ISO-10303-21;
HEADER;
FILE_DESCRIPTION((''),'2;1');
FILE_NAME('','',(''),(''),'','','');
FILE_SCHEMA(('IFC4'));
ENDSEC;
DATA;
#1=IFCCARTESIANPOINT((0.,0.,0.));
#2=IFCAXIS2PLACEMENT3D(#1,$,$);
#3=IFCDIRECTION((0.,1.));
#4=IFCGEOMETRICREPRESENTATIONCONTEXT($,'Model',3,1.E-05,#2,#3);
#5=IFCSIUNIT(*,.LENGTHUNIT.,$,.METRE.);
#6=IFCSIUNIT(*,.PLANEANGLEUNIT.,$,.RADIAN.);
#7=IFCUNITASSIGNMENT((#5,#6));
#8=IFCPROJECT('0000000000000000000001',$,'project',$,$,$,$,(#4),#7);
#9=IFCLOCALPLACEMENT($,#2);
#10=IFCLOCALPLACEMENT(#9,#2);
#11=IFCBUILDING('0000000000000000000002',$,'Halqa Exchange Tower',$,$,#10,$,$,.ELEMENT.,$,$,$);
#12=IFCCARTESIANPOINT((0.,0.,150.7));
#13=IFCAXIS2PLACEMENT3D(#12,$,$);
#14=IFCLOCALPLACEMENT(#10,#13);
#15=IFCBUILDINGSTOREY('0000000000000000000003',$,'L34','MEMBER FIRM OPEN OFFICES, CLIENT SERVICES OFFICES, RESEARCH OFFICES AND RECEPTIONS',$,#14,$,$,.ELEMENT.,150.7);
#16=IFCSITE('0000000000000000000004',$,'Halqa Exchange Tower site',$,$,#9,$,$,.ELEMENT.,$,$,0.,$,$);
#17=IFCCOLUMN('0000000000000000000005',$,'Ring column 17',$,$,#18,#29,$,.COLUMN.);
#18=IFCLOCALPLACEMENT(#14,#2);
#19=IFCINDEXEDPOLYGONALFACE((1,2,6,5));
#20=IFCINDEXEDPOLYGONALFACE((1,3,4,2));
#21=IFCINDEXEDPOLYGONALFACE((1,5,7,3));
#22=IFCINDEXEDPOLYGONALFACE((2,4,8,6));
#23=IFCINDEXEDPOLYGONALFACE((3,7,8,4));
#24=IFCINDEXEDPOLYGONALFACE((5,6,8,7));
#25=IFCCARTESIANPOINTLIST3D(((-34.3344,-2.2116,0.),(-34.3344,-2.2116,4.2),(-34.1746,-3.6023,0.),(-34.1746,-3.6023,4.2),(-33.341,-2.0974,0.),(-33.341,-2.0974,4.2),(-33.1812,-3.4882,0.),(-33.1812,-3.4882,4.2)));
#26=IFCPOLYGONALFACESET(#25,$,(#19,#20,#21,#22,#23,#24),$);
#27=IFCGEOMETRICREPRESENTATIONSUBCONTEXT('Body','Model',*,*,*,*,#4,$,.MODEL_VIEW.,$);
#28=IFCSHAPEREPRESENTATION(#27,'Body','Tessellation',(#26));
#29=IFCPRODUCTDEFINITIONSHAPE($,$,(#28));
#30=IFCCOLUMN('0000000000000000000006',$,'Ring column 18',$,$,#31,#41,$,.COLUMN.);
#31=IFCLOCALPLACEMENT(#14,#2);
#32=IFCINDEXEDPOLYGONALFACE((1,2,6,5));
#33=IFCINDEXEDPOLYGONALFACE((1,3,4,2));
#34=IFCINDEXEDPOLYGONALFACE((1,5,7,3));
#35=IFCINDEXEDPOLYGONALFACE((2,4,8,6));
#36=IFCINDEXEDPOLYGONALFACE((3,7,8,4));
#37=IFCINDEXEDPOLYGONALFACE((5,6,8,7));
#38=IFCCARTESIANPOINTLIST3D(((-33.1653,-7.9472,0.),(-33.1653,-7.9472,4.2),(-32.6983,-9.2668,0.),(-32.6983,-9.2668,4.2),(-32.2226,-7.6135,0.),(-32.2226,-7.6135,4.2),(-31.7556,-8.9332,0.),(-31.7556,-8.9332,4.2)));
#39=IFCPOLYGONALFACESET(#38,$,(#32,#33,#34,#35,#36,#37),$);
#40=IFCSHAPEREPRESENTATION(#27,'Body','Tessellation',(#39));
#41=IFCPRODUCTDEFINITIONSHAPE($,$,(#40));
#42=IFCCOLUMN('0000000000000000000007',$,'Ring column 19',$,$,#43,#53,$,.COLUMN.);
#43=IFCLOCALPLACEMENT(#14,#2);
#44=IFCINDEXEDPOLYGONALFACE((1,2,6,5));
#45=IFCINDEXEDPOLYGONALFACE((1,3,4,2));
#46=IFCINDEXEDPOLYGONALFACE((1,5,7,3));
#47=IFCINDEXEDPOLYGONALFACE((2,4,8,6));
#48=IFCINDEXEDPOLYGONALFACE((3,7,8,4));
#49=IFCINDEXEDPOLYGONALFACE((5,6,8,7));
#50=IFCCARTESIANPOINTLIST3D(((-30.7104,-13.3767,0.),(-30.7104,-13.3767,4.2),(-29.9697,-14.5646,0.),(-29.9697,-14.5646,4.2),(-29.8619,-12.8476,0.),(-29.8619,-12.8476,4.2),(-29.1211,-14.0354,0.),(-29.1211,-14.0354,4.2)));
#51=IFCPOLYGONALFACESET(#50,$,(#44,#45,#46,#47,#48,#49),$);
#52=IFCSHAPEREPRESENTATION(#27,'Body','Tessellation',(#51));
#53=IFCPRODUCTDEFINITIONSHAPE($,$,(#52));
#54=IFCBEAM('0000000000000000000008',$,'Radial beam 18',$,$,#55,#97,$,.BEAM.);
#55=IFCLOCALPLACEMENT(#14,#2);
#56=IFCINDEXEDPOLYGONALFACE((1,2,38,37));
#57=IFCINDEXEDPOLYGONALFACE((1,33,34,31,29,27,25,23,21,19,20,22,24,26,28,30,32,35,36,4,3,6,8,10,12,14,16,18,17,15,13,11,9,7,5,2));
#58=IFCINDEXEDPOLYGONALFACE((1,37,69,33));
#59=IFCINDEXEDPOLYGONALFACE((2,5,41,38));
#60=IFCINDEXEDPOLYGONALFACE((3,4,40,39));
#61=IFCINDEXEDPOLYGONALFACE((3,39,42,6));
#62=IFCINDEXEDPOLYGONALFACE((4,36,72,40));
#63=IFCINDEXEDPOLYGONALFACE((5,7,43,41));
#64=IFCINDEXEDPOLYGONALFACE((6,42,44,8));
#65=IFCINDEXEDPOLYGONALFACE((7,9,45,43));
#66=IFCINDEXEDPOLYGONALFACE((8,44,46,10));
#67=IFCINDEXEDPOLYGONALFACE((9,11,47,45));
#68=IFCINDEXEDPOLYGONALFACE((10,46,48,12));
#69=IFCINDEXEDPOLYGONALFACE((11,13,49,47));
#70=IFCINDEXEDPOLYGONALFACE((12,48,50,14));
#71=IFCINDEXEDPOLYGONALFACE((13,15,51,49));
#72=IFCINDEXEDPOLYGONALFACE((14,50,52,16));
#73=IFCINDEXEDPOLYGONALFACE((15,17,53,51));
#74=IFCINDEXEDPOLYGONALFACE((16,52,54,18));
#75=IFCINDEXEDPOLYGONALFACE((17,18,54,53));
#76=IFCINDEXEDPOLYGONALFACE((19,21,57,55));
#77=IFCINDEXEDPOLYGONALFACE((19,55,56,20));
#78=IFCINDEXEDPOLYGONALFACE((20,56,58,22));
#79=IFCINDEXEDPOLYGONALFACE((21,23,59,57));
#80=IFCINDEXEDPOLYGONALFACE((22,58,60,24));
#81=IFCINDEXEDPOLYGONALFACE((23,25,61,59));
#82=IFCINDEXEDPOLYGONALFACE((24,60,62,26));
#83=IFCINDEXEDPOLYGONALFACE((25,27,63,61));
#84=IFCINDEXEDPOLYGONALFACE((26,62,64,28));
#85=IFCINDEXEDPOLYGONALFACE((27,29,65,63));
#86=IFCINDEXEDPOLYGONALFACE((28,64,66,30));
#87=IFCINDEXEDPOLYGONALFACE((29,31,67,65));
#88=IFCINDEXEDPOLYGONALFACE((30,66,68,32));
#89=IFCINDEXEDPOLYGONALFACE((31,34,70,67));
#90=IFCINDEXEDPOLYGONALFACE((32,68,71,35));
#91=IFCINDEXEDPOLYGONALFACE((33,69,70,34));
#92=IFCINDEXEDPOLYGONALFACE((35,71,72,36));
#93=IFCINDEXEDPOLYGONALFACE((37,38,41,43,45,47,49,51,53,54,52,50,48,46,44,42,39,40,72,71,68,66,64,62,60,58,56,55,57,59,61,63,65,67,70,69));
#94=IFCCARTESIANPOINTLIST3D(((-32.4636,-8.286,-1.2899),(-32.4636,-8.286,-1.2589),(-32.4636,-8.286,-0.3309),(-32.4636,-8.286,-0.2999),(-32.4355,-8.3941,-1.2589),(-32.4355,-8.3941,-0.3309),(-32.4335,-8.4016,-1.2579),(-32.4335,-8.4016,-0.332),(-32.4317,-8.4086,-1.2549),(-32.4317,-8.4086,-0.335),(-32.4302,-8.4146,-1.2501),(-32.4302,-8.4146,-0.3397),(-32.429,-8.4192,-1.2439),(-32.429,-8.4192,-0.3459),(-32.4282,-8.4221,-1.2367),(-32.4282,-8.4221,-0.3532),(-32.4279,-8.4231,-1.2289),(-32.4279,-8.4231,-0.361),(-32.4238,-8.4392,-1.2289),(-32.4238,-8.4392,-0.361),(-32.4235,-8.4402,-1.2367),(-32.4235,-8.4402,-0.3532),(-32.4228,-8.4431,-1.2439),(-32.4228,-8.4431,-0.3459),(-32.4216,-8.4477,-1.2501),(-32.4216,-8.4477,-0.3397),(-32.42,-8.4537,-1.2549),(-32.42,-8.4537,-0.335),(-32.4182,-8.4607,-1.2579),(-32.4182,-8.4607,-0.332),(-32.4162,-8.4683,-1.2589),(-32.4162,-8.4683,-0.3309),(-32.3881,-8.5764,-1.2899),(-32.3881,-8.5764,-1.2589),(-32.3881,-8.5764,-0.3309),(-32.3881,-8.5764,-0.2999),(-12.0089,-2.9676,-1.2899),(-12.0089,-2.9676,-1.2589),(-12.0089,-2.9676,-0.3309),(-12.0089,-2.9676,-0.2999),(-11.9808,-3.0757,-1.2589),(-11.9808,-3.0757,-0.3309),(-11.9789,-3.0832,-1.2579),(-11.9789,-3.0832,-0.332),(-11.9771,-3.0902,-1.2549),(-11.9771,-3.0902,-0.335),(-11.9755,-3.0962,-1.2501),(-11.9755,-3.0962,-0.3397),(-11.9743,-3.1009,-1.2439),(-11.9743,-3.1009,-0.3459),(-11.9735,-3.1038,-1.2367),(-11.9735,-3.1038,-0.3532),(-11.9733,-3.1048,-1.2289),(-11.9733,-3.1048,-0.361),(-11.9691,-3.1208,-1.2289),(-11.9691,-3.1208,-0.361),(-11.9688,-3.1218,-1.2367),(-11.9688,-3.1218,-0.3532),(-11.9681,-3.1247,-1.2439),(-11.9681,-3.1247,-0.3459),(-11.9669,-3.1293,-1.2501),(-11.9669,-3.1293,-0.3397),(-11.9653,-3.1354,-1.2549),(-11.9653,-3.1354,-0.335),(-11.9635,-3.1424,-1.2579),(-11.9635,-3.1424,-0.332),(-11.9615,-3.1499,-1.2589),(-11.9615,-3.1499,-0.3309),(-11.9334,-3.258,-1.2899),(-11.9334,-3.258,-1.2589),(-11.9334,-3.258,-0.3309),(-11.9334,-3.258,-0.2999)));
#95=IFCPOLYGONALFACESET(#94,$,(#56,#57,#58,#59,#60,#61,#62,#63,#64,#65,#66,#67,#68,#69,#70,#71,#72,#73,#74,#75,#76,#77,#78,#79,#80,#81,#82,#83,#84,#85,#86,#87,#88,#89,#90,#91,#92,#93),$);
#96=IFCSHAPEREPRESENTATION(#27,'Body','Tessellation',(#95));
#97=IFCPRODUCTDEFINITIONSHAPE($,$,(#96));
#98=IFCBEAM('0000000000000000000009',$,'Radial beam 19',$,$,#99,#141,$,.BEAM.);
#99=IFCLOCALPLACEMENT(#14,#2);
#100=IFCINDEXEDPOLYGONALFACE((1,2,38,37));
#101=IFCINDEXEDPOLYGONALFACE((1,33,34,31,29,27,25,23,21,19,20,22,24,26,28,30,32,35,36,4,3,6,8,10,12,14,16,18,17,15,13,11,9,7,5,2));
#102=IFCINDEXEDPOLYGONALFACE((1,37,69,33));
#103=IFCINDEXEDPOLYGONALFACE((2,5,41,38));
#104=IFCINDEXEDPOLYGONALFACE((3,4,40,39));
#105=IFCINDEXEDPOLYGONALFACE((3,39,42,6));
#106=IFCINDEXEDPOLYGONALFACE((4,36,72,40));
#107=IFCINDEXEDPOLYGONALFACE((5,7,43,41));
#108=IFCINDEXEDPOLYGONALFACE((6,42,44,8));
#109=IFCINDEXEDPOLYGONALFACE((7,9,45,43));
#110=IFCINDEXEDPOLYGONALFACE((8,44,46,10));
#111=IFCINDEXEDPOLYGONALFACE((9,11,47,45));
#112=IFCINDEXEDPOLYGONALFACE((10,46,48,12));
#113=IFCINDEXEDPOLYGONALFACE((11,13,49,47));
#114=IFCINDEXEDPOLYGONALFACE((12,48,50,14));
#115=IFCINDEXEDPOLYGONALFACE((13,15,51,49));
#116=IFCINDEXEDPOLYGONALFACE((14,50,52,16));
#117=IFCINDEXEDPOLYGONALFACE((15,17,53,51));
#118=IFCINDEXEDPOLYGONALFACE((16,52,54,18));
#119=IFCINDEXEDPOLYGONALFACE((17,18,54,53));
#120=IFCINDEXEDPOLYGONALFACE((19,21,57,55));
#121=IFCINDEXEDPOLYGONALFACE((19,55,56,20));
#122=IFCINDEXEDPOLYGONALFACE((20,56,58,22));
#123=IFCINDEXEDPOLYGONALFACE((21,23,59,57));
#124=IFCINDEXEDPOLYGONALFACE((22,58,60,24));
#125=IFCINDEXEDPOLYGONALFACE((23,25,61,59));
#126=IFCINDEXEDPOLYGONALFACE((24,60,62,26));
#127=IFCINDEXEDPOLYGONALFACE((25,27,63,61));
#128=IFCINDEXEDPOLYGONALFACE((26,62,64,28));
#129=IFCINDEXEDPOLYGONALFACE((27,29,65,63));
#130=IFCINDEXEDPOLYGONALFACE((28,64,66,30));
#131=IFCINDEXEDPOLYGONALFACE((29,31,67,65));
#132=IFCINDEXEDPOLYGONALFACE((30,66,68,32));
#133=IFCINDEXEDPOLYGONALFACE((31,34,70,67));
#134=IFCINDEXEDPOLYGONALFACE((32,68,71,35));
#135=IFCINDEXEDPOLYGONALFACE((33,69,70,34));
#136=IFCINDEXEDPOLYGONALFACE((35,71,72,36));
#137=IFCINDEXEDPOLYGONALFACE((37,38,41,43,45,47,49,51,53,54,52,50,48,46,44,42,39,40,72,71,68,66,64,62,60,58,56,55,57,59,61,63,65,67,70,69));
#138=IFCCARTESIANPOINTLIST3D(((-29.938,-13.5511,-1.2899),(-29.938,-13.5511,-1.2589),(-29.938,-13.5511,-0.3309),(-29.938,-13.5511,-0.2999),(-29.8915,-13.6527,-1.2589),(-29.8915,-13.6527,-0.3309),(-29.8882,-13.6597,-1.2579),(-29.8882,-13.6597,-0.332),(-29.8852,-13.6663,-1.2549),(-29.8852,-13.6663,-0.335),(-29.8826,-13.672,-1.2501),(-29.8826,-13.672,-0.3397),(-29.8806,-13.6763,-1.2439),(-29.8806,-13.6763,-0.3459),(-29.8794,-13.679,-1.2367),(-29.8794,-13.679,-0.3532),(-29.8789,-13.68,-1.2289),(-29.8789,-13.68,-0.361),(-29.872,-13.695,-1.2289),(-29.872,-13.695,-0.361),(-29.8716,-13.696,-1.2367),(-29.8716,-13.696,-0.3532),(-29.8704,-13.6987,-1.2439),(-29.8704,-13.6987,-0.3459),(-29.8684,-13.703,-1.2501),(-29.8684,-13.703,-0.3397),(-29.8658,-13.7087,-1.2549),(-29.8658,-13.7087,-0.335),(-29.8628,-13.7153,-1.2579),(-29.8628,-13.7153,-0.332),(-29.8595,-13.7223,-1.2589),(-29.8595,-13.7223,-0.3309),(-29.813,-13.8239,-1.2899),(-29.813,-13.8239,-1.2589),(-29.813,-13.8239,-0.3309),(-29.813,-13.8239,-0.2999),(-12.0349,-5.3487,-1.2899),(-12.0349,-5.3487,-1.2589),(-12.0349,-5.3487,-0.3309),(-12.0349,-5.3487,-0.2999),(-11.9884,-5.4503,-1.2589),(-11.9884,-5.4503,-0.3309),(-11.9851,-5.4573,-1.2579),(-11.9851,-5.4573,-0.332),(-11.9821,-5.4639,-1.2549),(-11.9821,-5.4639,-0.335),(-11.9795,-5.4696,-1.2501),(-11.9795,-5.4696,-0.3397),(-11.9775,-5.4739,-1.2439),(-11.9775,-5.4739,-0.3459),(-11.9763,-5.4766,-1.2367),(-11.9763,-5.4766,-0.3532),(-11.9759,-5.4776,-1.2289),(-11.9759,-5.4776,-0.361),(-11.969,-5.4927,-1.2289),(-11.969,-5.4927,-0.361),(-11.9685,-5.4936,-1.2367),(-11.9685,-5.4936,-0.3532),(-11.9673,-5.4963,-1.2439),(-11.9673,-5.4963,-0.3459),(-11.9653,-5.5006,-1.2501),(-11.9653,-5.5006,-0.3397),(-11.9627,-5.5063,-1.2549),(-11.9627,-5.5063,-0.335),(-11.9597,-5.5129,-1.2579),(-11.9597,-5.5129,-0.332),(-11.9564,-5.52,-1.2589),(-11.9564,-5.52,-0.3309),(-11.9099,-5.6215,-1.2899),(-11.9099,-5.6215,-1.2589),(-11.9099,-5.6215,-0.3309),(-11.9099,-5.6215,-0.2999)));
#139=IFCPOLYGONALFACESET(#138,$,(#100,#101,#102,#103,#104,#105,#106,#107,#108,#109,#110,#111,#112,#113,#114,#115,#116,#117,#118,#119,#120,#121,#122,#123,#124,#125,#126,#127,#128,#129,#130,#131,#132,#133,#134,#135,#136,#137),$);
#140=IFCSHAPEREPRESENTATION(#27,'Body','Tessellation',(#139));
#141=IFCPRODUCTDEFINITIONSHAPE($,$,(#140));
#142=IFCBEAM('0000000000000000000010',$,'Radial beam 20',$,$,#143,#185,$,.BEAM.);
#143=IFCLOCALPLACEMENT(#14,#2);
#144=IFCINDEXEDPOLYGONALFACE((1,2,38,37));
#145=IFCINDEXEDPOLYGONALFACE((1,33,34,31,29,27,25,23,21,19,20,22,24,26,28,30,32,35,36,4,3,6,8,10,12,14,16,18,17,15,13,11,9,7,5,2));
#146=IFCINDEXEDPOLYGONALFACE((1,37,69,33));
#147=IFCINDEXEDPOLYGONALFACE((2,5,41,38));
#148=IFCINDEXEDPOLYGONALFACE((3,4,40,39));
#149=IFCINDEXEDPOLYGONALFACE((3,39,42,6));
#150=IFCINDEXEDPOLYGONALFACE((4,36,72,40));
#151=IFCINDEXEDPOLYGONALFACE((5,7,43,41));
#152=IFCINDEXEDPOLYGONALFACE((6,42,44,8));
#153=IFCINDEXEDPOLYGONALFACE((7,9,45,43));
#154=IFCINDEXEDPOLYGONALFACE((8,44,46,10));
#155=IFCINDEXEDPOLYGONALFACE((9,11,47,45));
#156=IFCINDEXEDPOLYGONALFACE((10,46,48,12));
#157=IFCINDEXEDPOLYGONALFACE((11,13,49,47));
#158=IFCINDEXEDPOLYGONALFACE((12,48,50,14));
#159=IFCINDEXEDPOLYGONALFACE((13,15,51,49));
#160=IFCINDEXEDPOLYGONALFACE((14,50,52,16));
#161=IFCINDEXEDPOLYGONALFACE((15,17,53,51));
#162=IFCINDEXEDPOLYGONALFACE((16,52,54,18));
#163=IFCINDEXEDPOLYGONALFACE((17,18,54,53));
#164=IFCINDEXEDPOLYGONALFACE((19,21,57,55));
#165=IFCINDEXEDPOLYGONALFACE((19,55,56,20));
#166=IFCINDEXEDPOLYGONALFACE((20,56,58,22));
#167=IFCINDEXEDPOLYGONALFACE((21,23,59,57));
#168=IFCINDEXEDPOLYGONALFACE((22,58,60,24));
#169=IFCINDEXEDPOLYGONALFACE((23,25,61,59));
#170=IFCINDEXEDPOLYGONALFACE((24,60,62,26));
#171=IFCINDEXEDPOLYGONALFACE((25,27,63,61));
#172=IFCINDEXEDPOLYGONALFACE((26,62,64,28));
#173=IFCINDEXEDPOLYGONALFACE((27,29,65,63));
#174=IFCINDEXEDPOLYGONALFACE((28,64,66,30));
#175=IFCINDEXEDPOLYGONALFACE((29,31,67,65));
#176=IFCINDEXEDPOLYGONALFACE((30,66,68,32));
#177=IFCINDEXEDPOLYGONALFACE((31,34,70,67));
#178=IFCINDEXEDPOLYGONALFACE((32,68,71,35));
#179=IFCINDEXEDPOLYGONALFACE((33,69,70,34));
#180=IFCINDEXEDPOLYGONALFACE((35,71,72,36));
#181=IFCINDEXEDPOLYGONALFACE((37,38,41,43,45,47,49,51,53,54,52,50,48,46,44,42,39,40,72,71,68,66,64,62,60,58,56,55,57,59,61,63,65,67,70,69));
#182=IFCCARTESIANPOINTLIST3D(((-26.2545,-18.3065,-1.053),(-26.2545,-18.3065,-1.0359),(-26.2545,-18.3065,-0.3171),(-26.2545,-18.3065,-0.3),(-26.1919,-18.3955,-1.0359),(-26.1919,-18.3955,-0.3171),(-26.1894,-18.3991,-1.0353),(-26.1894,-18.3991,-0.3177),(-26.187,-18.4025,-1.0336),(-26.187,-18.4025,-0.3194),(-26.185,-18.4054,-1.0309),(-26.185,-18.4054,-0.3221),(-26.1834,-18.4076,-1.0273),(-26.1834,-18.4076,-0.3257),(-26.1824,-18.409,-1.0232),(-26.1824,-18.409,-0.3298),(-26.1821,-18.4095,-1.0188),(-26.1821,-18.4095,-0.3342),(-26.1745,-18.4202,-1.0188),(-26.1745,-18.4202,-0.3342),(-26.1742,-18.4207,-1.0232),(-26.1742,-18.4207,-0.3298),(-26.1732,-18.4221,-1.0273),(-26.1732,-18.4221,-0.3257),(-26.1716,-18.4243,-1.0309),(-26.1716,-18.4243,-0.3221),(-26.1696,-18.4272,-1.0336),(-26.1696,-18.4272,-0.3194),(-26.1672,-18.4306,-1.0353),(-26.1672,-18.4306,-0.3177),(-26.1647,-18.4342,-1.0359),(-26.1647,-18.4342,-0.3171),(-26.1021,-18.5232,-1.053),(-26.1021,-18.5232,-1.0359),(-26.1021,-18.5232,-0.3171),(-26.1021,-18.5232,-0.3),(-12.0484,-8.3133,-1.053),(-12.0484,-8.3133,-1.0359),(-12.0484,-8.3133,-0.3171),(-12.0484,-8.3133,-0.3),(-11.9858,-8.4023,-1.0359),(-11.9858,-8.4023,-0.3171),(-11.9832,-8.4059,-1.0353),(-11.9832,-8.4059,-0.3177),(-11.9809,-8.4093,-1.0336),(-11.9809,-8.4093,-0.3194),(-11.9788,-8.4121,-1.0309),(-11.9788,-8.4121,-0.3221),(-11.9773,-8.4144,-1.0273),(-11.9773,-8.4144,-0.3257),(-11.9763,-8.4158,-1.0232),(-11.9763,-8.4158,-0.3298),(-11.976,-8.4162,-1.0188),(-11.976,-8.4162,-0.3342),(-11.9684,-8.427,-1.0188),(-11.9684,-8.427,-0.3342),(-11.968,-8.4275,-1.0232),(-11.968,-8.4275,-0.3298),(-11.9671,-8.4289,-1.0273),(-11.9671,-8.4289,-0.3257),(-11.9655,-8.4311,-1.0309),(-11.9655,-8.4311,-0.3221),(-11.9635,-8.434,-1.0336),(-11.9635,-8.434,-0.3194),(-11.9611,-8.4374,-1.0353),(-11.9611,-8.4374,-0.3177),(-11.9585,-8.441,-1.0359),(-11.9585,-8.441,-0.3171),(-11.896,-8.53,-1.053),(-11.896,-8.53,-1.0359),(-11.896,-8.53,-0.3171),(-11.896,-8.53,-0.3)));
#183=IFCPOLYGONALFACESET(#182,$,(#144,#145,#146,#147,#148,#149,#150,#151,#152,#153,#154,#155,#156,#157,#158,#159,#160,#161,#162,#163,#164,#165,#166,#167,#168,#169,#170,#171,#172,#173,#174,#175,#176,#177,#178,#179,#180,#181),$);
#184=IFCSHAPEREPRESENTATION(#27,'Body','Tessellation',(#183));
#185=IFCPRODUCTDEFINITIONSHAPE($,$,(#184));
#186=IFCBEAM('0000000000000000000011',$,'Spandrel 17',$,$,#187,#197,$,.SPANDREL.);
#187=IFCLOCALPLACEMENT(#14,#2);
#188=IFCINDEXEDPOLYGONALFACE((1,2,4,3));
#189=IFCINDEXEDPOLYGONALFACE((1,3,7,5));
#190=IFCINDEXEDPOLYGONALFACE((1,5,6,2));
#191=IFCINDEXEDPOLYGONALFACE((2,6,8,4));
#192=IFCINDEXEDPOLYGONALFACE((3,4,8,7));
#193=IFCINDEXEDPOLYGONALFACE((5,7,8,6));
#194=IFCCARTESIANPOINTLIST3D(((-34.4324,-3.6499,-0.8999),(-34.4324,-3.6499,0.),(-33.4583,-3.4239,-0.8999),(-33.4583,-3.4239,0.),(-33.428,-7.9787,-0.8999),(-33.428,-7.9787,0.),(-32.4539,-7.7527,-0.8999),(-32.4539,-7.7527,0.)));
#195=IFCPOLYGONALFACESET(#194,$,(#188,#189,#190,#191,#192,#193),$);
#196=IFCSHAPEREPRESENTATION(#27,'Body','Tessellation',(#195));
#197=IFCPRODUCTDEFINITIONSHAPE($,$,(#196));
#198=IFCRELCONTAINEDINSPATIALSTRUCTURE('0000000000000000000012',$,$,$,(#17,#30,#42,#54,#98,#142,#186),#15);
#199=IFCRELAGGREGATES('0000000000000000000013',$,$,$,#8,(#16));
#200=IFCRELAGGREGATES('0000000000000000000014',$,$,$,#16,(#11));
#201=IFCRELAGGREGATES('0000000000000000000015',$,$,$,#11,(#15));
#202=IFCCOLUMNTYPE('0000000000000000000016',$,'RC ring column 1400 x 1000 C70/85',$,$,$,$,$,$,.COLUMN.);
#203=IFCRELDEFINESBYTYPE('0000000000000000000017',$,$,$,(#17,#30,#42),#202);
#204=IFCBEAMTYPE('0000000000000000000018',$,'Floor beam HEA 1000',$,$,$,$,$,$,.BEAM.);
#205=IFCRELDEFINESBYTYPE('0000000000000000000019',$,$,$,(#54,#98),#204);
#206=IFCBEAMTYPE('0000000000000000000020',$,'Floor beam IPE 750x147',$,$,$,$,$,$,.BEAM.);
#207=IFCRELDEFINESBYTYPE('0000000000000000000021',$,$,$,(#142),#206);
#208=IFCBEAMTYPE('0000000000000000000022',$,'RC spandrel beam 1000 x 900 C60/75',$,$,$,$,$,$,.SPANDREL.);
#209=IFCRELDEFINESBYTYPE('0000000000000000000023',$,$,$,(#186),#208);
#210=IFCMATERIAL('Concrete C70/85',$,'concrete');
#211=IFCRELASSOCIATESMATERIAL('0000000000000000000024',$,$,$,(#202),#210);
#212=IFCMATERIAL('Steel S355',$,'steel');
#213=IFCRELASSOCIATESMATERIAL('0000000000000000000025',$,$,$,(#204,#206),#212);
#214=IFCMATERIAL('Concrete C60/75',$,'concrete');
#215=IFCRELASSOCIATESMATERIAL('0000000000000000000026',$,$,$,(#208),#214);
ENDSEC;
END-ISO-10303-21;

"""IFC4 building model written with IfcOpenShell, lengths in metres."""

from ifc_helpers import new_model, si_unit, direction, frame, origin, origin_2d, place, context, subcontext, project, spatial, rectangle, i_section, extrude, material, material_profile, profile_set, type_object, element, save


model = new_model("IFC4")

# Units and contexts
model_context = context("Model", 3, precision=1e-05, world=origin(), true_north=direction((0.0, 1.0)))
body_context = subcontext(model_context, "Body", "Model", "MODEL_VIEW")
ifc_project = project(units=[si_unit("LENGTHUNIT", "METRE"), si_unit("PLANEANGLEUNIT", "RADIAN")], contexts=[model_context])

# Site, building, storey
site_placement = place(None, origin())
site = spatial("IfcSite", under=ifc_project, at=site_placement, Name="Halqa Exchange Tower site", CompositionType="ELEMENT", RefElevation=0.0)
building_placement = place(site_placement, origin())
building = spatial("IfcBuilding", under=site, at=building_placement, Name="Halqa Exchange Tower", CompositionType="ELEMENT")
storey_placement = place(building_placement, frame((0.0, 0.0, 150.7)))
storey = spatial("IfcBuildingStorey", under=building, at=storey_placement, Name="L34", Description="MEMBER FIRM OPEN OFFICES, CLIENT SERVICES OFFICES, RESEARCH OFFICES AND RECEPTIONS", CompositionType="ELEMENT", Elevation=150.7)

# Columns
ifc_material_1 = material(Name="Concrete C70/85", Category="concrete")
ifc_material_profile_1 = material_profile(ifc_material_1, rectangle(XDim=1.3999, YDim=1.0, at=origin_2d()), Name="1400 x 1000")
ifc_profile_set_1 = profile_set([ifc_material_profile_1], Name="Concrete C70/85")
column_type = type_object("IfcColumnType", Name="RC ring column 1400 x 1000 C70/85", PredefinedType="COLUMN", material=ifc_profile_set_1)
for number, where, z_axis, x_axis, name in (
    (1, (-33.7578, -2.8499, 0.0), (0.0, 0.0, 1.0), (0.114155, -0.993463, 0.0), "Ring column 17"),
    (2, (-32.4604, -8.4402, 0.0), (0.0, 0.0, 1.0), (0.333634, -0.942703, 0.0), "Ring column 18"),
    (3, (-29.9158, -13.7061, 0.0), (0.0, 0.0, 1.0), (0.529143, -0.848532, 0.0), "Ring column 19"),
):
    element("IfcColumn", number, at=place(storey_placement, frame(where, z_axis=z_axis, x_axis=x_axis)), inside=storey, type_object=column_type, Name=name, PredefinedType="COLUMN", context=body_context, shape_type="SweptSolid", body=[
        extrude(rectangle(XDim=1.3999, YDim=1.0, at=origin_2d()), origin(), (0.0, 0.0, 1.0), 4.2),
    ])

# Beams
ifc_material_2 = material(Name="Steel S355", Category="steel")
ifc_material_profile_2 = material_profile(ifc_material_2, i_section(OverallWidth=0.3, OverallDepth=0.99, WebThickness=0.0166, FlangeThickness=0.031, FilletRadius=0.03, at=origin_2d()), Name="HEA 1000")
ifc_profile_set_2 = profile_set([ifc_material_profile_2], Name="Steel S355")
beam_type_1 = type_object("IfcBeamType", Name="Floor beam HEA 1000", PredefinedType="BEAM", material=ifc_profile_set_2)
beam_1_placement = place(storey_placement, frame((-11.9712, -3.1128, -0.7949), z_axis=(-0.967821, -0.251641, 0.0), x_axis=(0.251641, -0.967821, 0.0)))
element("IfcBeam", 4, at=beam_1_placement, inside=storey, type_object=beam_type_1, Name="Radial beam 18", PredefinedType="BEAM", context=body_context, shape_type="SweptSolid", body=[
    extrude(i_section(OverallWidth=0.3, OverallDepth=0.99, WebThickness=0.0166, FlangeThickness=0.031, FilletRadius=0.03, at=origin_2d()), origin(), (0.0, 0.0, 1.0), 21.1348),
])
beam_2_placement = place(storey_placement, frame((-11.9724, -5.4851, -0.7949), z_axis=(-0.909126, -0.416521, 0.0), x_axis=(0.416521, -0.909126, 0.0)))
element("IfcBeam", 5, at=beam_2_placement, inside=storey, type_object=beam_type_1, Name="Radial beam 19", PredefinedType="BEAM", context=body_context, shape_type="SweptSolid", body=[
    extrude(i_section(OverallWidth=0.3, OverallDepth=0.99, WebThickness=0.0166, FlangeThickness=0.031, FilletRadius=0.03, at=origin_2d()), origin(), (0.0, 0.0, 1.0), 19.6926),
])
ifc_material_profile_3 = material_profile(ifc_material_2, i_section(OverallWidth=0.2649, OverallDepth=0.7529, WebThickness=0.0132, FlangeThickness=0.0171, FilletRadius=0.0171, at=origin_2d()), Name="IPE 750x147")
ifc_profile_set_3 = profile_set([ifc_material_profile_3], Name="Steel S355")
beam_type_2 = type_object("IfcBeamType", Name="Floor beam IPE 750x147", PredefinedType="BEAM", material=ifc_profile_set_3)
beam_3_placement = place(storey_placement, frame((-11.9722, -8.4216, -0.6765), z_axis=(-0.817906, -0.575351, 0.0), x_axis=(0.575351, -0.817906, 0.0)))
element("IfcBeam", 6, at=beam_3_placement, inside=storey, type_object=beam_type_2, Name="Radial beam 20", PredefinedType="BEAM", context=body_context, shape_type="SweptSolid", body=[
    extrude(i_section(OverallWidth=0.2649, OverallDepth=0.7529, WebThickness=0.0132, FlangeThickness=0.0171, FilletRadius=0.0171, at=origin_2d()), origin(), (0.0, 0.0, 1.0), 17.3689),
])
ifc_material_3 = material(Name="Concrete C60/75", Category="concrete")
ifc_material_profile_4 = material_profile(ifc_material_3, rectangle(XDim=1.0, YDim=0.8999, at=origin_2d()), Name="1000 x 900")
ifc_profile_set_4 = profile_set([ifc_material_profile_4], Name="Concrete C60/75")
beam_type_3 = type_object("IfcBeamType", Name="RC spandrel beam 1000 x 900 C60/75", PredefinedType="SPANDREL", material=ifc_profile_set_4)
beam_4_placement = place(storey_placement, frame((-33.9453, -3.5369, -0.45), z_axis=(0.226019, -0.974123, 0.0), x_axis=(0.974123, 0.226019, 0.0)))
element("IfcBeam", 7, at=beam_4_placement, inside=storey, type_object=beam_type_3, Name="Spandrel 17", PredefinedType="SPANDREL", context=body_context, shape_type="SweptSolid", body=[
    extrude(rectangle(XDim=1.0, YDim=0.8999, at=origin_2d()), origin(), (0.0, 0.0, 1.0), 4.4438),
])

save(model, "model.ifc")
